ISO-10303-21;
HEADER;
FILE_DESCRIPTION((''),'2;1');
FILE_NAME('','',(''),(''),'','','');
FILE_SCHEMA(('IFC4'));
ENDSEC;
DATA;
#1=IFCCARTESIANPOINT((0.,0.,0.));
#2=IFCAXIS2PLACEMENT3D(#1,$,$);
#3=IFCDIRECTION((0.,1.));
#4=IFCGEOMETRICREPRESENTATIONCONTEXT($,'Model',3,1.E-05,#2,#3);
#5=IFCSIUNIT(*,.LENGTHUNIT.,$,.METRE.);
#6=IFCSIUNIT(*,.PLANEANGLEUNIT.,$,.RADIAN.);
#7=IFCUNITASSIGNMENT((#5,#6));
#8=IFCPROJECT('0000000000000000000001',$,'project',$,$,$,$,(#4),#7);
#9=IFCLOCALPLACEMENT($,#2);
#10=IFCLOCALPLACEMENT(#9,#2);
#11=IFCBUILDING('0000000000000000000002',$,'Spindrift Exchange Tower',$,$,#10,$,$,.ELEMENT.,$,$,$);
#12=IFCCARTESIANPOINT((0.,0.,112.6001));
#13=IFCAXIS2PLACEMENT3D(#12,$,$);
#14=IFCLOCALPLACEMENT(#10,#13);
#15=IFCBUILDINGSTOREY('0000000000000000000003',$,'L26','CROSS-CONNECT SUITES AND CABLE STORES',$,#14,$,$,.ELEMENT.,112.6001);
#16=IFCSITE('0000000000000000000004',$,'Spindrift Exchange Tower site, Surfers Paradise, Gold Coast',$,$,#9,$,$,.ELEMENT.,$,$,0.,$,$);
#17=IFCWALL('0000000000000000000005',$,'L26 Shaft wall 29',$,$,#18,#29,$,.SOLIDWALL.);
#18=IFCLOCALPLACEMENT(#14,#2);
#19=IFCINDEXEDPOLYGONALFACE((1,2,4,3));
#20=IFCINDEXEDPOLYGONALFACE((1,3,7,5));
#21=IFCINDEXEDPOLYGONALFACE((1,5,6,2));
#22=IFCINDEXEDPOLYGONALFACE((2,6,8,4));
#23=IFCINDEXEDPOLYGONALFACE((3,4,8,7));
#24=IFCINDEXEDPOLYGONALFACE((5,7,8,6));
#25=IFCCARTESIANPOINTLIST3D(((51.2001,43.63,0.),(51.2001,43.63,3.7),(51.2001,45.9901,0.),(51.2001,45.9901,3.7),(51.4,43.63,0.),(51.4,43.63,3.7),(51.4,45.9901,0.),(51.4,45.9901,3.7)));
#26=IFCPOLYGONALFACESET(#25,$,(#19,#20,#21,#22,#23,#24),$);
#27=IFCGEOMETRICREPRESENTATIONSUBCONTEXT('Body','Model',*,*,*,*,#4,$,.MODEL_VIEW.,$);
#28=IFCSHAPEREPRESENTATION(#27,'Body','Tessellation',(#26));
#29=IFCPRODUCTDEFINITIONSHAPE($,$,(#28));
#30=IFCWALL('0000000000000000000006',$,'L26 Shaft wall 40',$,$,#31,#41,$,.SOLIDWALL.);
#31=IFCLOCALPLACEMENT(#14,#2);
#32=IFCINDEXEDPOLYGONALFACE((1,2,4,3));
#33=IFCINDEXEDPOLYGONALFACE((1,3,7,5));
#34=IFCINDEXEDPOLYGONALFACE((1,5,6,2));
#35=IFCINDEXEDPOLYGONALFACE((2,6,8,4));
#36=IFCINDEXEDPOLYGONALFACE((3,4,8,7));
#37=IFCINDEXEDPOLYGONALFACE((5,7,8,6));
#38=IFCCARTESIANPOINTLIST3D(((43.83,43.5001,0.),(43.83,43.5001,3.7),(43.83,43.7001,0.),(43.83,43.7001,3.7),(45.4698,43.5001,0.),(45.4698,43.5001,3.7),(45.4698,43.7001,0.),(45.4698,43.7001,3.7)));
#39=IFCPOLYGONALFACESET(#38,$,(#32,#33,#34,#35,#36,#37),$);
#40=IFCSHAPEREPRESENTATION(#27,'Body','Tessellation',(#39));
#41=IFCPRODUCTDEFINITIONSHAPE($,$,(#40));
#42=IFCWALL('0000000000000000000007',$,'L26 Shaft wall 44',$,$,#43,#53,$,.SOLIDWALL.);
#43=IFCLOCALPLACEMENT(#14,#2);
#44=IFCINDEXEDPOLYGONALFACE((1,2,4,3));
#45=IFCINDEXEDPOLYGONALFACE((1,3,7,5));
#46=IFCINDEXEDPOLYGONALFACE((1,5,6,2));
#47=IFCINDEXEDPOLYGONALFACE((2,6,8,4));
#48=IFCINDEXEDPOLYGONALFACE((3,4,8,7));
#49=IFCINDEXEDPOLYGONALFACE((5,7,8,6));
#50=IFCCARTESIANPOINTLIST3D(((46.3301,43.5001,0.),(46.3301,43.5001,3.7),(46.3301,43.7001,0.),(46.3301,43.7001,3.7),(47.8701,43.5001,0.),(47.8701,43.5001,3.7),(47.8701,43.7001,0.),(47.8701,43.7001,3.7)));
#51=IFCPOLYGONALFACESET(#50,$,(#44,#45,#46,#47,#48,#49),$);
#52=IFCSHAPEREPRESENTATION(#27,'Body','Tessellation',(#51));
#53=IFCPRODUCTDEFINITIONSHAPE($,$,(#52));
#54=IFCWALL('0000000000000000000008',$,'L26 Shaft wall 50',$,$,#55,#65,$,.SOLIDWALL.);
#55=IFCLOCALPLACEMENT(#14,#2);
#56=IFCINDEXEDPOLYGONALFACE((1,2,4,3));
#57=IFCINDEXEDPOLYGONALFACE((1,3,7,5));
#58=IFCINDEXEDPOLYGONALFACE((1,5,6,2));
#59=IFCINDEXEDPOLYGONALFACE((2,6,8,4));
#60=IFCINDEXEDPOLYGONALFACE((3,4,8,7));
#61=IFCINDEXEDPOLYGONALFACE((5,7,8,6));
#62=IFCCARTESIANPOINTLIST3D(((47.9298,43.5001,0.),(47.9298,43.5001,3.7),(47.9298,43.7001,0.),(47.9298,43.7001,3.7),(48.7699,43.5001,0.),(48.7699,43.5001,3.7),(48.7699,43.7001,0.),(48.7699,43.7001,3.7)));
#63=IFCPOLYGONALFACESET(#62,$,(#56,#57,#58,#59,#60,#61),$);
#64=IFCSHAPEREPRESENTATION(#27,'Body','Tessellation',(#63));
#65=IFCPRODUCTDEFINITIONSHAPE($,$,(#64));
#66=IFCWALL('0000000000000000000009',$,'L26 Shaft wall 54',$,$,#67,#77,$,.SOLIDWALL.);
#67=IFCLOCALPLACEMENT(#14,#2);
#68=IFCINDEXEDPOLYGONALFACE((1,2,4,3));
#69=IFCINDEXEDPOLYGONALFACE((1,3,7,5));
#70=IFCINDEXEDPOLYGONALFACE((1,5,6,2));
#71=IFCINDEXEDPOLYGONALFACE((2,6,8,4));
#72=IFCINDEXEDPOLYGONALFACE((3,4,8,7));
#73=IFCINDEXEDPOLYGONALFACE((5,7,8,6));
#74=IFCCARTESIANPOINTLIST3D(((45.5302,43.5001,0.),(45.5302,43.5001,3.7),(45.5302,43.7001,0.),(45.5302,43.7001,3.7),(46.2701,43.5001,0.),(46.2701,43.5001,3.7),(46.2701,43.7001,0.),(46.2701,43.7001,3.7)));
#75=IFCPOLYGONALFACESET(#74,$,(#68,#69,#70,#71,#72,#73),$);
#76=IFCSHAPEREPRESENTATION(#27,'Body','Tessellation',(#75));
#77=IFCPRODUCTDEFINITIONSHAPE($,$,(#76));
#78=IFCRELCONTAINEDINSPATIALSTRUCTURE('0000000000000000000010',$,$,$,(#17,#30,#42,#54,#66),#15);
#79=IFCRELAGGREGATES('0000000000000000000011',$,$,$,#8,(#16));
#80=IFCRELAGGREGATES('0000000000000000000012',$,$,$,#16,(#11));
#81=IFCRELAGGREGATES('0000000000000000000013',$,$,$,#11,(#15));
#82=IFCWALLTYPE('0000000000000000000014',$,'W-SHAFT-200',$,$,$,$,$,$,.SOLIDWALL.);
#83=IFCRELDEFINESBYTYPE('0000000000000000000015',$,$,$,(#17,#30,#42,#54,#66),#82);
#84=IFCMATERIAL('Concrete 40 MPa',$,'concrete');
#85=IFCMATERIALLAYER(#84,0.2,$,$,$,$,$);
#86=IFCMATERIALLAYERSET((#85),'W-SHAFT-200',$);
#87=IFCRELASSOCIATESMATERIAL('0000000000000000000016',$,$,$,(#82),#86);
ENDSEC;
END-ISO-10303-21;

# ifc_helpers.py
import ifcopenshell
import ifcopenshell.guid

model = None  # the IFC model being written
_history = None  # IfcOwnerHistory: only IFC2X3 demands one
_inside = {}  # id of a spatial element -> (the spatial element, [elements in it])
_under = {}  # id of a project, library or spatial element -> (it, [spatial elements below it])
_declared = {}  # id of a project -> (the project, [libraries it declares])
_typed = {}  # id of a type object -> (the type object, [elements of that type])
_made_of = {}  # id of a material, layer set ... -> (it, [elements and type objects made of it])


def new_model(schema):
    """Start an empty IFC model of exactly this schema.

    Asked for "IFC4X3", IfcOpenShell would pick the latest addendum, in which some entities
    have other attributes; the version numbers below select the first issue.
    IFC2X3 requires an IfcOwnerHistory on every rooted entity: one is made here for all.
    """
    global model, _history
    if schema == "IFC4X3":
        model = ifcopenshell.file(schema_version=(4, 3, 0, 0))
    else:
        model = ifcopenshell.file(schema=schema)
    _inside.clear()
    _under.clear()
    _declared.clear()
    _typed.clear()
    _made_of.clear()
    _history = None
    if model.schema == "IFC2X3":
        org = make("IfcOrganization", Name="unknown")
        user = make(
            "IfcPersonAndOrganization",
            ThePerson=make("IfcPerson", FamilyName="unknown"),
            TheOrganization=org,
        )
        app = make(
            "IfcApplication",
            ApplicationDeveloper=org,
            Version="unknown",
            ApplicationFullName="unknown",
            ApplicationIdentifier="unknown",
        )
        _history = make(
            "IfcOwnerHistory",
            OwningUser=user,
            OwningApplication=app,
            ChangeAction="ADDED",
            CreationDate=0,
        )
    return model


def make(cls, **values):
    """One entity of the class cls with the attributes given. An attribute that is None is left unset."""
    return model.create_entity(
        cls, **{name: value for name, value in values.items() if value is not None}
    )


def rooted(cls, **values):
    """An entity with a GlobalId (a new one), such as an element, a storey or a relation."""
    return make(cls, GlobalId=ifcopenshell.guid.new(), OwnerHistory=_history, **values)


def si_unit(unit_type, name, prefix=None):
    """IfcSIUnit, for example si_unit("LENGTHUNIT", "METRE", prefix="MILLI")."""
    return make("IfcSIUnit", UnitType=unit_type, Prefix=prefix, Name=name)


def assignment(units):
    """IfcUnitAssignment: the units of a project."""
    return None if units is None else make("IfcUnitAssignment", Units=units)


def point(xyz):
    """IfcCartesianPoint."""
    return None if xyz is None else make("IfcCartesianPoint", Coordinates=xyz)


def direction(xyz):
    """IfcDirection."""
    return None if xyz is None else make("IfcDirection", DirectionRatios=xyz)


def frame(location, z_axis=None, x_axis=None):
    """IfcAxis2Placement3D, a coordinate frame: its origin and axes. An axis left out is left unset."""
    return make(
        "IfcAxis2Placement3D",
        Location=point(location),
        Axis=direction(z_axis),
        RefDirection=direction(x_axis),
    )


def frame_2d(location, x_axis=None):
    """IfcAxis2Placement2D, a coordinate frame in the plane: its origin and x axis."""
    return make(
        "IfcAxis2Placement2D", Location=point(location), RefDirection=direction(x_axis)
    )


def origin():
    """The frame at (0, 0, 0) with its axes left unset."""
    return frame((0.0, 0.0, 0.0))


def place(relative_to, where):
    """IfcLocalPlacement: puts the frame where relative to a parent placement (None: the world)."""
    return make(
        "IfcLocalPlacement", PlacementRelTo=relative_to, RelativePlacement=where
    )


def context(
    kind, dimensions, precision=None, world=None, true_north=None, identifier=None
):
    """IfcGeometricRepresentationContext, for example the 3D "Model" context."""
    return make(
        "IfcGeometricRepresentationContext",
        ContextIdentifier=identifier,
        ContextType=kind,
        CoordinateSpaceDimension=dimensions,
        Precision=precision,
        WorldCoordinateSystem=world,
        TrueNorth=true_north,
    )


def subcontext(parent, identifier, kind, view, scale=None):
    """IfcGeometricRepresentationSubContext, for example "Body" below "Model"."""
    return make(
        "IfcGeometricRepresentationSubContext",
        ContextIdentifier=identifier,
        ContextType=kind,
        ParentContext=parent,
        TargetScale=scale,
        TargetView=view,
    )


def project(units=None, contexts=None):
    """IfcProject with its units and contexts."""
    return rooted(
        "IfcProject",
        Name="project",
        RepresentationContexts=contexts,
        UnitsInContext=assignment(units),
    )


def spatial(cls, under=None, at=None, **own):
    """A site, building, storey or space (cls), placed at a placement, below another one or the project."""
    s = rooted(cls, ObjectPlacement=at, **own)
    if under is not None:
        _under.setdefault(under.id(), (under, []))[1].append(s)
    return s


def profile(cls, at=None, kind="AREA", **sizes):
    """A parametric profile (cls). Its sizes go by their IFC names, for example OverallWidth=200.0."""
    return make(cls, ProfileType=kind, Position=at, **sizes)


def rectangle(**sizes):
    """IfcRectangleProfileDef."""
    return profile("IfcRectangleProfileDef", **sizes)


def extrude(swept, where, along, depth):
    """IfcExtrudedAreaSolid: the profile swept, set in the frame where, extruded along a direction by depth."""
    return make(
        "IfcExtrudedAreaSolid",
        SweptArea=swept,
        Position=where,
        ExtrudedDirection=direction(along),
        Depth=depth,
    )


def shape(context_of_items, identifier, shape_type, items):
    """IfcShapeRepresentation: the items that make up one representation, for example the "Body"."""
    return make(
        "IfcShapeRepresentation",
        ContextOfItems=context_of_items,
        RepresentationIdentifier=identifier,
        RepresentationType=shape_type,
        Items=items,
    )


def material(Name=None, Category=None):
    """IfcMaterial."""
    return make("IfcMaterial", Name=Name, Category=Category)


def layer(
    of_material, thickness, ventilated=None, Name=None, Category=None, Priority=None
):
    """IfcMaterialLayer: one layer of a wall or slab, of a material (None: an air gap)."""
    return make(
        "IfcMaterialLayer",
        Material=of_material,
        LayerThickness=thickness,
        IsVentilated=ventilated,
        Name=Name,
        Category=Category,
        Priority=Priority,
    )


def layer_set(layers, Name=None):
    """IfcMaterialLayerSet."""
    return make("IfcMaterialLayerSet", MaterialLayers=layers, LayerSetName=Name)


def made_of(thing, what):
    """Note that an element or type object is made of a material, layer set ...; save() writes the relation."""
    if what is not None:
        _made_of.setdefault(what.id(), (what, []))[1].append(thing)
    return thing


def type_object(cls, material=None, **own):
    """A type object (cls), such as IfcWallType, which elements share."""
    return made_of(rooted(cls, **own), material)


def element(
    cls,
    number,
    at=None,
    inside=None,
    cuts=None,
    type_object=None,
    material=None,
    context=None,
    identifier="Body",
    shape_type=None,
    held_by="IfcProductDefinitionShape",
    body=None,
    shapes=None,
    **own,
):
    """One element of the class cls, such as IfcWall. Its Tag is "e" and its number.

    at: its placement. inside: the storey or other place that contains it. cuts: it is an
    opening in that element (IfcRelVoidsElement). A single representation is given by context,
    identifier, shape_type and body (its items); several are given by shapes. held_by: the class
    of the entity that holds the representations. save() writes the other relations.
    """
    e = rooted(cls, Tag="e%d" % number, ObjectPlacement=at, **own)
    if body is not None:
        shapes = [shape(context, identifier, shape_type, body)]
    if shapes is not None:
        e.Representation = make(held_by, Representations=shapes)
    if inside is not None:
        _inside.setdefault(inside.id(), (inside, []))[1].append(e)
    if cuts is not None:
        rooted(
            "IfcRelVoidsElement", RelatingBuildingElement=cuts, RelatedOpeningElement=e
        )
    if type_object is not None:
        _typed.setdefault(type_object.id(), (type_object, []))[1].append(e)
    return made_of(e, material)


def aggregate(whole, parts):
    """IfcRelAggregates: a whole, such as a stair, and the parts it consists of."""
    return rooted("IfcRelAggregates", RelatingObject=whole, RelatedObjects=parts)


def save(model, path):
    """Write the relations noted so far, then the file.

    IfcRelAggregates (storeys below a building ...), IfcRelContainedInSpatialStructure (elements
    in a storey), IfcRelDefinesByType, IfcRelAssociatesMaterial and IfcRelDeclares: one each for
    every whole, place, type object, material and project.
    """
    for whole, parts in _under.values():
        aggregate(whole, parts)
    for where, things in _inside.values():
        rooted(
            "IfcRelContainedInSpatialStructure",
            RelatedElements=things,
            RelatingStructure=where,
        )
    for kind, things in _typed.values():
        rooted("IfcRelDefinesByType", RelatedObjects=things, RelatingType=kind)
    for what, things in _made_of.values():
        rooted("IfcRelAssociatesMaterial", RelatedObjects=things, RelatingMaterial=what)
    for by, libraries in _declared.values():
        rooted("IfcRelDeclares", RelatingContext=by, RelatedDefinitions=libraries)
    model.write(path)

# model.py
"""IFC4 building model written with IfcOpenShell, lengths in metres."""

from ifc_helpers import new_model, si_unit, direction, frame, frame_2d, origin, place, context, subcontext, project, spatial, rectangle, extrude, material, layer, layer_set, type_object, element, save


model = new_model("IFC4")

# Units and contexts
model_context = context("Model", 3, precision=1e-05, world=origin(), true_north=direction((0.0, 1.0)))
body_context = subcontext(model_context, "Body", "Model", "MODEL_VIEW")
ifc_project = project(units=[si_unit("LENGTHUNIT", "METRE"), si_unit("PLANEANGLEUNIT", "RADIAN")], contexts=[model_context])

# Site, building, storey
site_placement = place(None, origin())
site = spatial("IfcSite", under=ifc_project, at=site_placement, Name="Spindrift Exchange Tower site, Surfers Paradise, Gold Coast", CompositionType="ELEMENT", RefElevation=0.0)
building_placement = place(site_placement, origin())
building = spatial("IfcBuilding", under=site, at=building_placement, Name="Spindrift Exchange Tower", CompositionType="ELEMENT")
storey_placement = place(building_placement, frame((0.0, 0.0, 112.6001)))
storey = spatial("IfcBuildingStorey", under=building, at=storey_placement, Name="L26", Description="CROSS-CONNECT SUITES AND CABLE STORES", CompositionType="ELEMENT", Elevation=112.6001)

# Shared definitions
ifc_material_1 = material(Name="Concrete 40 MPa", Category="concrete")
ifc_layer_1 = layer(ifc_material_1, 0.2)
ifc_layer_set_1 = layer_set([ifc_layer_1], Name="W-SHAFT-200")
wall_type_1 = type_object("IfcWallType", Name="W-SHAFT-200", PredefinedType="SOLIDWALL", material=ifc_layer_set_1)

# Walls
for number, where, z_axis, x_axis, name in (
    (1, (51.3, 43.6299, 0.0), (0.0, 0.0, 1.0), (0.0, 1.0, 0.0), "L26 Shaft wall 29"),
):
    element("IfcWall", number, at=place(storey_placement, frame(where, z_axis=z_axis, x_axis=x_axis)), inside=storey, type_object=wall_type_1, Name=name, PredefinedType="SOLIDWALL", context=body_context, shape_type="SweptSolid", body=[
        extrude(rectangle(XDim=2.3601, YDim=0.2, at=frame_2d((1.1802, 0.0))), origin(), (0.0, 0.0, 1.0), 3.7),
    ])
wall_1_placement = place(storey_placement, frame((43.8301, 43.6001, 0.0), z_axis=(0.0, 0.0, 1.0), x_axis=(1.0, 0.0, 0.0)))
element("IfcWall", 2, at=wall_1_placement, inside=storey, type_object=wall_type_1, Name="L26 Shaft wall 40", PredefinedType="SOLIDWALL", context=body_context, shape_type="SweptSolid", body=[
    extrude(rectangle(XDim=1.6399, YDim=0.2, at=frame_2d((0.8198, 0.0))), origin(), (0.0, 0.0, 1.0), 3.7),
])
wall_2_placement = place(storey_placement, frame((46.3301, 43.6001, 0.0), z_axis=(0.0, 0.0, 1.0), x_axis=(1.0, 0.0, 0.0)))
element("IfcWall", 3, at=wall_2_placement, inside=storey, type_object=wall_type_1, Name="L26 Shaft wall 44", PredefinedType="SOLIDWALL", context=body_context, shape_type="SweptSolid", body=[
    extrude(rectangle(XDim=1.54, YDim=0.2, at=frame_2d((0.77, 0.0))), origin(), (0.0, 0.0, 1.0), 3.7),
])
wall_3_placement = place(storey_placement, frame((47.9299, 43.6001, 0.0), z_axis=(0.0, 0.0, 1.0), x_axis=(1.0, 0.0, 0.0)))
element("IfcWall", 4, at=wall_3_placement, inside=storey, type_object=wall_type_1, Name="L26 Shaft wall 50", PredefinedType="SOLIDWALL", context=body_context, shape_type="SweptSolid", body=[
    extrude(rectangle(XDim=0.8401, YDim=0.2, at=frame_2d((0.4199, 0.0))), origin(), (0.0, 0.0, 1.0), 3.7),
])
wall_4_placement = place(storey_placement, frame((45.53, 43.6001, 0.0), z_axis=(0.0, 0.0, 1.0), x_axis=(1.0, 0.0, 0.0)))
element("IfcWall", 5, at=wall_4_placement, inside=storey, type_object=wall_type_1, Name="L26 Shaft wall 54", PredefinedType="SOLIDWALL", context=body_context, shape_type="SweptSolid", body=[
    extrude(rectangle(XDim=0.74, YDim=0.2, at=frame_2d((0.3701, 0.0))), origin(), (0.0, 0.0, 1.0), 3.7),
])

save(model, "model.ifc")
